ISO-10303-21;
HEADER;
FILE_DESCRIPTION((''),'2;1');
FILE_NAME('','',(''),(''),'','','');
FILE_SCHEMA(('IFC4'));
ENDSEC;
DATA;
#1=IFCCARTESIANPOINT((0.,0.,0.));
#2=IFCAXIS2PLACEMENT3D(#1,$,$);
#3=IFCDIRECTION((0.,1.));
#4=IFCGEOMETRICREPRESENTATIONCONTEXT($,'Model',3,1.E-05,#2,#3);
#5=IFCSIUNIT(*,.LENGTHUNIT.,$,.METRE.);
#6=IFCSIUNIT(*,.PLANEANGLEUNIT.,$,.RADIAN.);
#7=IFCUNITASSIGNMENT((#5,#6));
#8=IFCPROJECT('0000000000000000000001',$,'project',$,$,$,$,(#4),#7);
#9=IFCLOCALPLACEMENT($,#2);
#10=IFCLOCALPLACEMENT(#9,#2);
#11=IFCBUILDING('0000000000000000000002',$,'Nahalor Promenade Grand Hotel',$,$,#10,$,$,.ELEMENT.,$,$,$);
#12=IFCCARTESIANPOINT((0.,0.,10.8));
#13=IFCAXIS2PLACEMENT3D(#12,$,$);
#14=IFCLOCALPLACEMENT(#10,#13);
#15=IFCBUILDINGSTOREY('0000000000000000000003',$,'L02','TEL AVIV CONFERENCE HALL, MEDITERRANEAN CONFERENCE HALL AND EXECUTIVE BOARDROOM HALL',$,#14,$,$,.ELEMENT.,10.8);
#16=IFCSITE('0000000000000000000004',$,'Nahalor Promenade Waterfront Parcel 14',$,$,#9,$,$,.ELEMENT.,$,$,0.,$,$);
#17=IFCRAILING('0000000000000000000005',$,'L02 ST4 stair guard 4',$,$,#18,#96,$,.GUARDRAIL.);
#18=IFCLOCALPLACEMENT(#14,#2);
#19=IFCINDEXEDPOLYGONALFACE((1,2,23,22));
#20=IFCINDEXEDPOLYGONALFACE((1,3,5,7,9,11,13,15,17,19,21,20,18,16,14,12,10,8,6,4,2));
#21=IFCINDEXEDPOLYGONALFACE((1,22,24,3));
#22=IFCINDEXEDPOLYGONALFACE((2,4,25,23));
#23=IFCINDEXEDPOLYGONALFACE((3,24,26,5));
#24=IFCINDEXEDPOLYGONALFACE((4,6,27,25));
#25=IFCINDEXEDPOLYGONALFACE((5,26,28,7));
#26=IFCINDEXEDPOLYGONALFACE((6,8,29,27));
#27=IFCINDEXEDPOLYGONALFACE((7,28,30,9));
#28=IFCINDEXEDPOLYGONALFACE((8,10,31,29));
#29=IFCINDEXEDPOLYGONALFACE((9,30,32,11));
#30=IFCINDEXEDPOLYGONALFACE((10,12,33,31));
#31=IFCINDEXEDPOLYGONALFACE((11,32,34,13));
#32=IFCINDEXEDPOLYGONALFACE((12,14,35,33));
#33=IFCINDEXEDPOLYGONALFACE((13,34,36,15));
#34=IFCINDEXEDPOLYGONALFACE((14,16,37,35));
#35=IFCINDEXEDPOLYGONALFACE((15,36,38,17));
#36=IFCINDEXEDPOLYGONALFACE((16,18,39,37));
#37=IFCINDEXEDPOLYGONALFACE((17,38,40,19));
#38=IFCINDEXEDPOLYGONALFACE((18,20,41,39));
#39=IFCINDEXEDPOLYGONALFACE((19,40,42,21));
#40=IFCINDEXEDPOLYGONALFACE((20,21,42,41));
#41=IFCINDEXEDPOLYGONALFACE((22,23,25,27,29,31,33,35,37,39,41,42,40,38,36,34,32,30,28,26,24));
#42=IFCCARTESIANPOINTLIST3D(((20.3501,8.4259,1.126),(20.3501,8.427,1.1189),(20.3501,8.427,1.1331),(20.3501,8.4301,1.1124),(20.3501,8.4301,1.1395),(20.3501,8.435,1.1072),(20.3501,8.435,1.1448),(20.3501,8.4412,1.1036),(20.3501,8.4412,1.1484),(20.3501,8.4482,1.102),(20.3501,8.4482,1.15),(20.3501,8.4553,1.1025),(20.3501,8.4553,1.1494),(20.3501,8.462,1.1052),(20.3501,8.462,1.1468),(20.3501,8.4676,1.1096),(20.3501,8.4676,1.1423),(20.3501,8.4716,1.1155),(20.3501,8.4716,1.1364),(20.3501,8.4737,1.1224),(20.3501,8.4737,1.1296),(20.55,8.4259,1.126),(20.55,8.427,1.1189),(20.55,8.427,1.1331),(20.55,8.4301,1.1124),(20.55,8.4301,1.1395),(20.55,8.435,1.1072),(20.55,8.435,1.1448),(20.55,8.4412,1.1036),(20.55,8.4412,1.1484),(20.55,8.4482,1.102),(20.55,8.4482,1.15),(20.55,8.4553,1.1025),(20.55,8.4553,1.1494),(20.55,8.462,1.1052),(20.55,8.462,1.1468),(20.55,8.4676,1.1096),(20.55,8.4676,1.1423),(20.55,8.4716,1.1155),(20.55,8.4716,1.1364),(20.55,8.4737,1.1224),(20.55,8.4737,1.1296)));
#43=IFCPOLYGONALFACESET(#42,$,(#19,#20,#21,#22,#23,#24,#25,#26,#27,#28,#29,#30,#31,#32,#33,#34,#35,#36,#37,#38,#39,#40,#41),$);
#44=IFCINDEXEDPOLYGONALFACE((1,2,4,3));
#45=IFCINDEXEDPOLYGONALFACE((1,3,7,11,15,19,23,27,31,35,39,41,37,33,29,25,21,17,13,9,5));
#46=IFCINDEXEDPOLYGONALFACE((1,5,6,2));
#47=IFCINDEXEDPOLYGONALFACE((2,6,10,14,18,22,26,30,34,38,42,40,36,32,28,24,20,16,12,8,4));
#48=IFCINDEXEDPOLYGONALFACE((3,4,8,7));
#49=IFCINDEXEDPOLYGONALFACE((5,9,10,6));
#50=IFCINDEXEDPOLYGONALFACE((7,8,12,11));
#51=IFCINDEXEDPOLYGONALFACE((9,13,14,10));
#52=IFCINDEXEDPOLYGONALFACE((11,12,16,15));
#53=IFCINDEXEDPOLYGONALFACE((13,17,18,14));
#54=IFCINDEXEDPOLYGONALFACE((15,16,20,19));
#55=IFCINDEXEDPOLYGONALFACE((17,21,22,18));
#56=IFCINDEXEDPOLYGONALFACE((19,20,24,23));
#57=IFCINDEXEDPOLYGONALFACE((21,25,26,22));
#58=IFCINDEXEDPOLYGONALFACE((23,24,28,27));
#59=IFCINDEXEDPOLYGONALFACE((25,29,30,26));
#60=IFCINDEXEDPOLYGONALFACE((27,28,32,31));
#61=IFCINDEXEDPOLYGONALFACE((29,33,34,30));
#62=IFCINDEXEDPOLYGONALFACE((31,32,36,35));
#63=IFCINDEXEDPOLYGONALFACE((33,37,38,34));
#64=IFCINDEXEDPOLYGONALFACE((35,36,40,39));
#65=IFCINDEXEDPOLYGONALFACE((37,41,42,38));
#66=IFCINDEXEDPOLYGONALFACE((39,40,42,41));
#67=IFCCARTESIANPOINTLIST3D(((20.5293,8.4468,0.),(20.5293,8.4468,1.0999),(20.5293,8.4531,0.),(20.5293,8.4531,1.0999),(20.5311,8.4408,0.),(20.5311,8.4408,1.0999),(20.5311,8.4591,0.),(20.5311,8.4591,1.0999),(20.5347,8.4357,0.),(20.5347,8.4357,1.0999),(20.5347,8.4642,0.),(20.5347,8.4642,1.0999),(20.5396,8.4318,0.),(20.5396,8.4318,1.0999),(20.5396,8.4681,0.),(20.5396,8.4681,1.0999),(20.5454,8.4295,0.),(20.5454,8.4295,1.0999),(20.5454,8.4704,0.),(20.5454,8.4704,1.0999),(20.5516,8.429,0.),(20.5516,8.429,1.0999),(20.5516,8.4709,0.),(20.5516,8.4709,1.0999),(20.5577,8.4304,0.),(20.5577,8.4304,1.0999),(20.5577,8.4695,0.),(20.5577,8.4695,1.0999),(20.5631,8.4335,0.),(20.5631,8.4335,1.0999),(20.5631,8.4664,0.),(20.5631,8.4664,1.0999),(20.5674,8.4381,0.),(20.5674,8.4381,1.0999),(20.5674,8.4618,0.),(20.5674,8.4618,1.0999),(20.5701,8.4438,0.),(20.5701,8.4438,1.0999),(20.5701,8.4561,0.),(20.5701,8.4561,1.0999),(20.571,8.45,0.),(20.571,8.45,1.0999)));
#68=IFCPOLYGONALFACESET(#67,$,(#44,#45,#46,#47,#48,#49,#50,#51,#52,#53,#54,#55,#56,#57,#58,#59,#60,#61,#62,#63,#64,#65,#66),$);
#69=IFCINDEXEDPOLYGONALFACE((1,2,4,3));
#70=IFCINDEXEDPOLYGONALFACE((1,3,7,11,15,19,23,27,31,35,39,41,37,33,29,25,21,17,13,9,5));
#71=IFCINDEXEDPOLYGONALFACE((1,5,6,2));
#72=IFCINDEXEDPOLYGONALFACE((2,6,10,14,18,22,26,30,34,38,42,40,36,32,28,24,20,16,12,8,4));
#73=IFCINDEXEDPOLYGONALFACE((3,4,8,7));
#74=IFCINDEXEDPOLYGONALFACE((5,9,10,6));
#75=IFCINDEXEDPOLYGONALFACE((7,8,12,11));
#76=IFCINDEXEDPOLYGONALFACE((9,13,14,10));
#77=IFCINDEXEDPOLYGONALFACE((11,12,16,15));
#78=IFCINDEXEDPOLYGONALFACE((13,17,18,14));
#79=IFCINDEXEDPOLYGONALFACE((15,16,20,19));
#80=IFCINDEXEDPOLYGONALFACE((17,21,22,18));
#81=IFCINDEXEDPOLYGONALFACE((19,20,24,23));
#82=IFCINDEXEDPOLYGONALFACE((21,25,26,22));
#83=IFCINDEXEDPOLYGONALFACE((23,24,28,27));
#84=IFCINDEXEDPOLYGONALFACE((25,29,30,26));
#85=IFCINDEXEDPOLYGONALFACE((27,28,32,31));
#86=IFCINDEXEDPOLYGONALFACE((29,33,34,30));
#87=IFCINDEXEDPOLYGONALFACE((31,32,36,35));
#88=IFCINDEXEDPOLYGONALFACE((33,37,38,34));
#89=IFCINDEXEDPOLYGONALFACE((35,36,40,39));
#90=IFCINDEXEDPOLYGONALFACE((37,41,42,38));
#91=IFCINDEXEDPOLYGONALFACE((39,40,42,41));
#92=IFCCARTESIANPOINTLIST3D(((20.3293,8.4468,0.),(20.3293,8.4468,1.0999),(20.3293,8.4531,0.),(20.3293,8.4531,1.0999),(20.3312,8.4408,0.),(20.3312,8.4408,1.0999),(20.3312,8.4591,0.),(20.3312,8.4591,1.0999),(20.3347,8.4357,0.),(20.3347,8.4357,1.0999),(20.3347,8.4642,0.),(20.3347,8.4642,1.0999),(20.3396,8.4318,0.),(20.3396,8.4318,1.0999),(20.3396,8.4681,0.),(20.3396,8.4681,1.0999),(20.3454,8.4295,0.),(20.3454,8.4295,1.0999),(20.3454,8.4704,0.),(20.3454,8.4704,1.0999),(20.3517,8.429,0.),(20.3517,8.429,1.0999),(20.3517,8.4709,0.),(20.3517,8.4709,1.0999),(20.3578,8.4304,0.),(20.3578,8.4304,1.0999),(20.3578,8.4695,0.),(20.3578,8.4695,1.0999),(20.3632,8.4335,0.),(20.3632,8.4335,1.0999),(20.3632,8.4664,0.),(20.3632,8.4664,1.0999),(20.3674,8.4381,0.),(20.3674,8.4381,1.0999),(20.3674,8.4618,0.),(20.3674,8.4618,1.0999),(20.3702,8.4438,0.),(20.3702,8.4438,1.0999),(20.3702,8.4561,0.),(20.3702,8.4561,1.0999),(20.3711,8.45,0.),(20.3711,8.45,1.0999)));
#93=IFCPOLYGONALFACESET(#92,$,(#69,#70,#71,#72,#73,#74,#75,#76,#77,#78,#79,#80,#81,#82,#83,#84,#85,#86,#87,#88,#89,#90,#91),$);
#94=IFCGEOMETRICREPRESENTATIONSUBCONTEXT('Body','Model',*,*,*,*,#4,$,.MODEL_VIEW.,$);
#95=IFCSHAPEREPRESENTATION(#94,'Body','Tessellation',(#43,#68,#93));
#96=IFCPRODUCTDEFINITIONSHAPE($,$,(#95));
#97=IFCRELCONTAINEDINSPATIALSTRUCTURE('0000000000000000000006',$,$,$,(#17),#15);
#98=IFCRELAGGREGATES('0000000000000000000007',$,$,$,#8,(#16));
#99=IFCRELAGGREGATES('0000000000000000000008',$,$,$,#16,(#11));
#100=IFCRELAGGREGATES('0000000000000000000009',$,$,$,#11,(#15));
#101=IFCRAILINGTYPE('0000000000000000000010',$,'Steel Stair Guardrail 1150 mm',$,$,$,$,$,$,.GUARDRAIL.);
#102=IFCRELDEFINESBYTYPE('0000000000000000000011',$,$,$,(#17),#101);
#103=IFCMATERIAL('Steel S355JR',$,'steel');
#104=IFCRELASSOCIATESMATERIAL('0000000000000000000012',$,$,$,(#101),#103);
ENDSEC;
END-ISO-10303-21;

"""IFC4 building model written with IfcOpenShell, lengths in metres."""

from ifc_helpers import new_model, si_unit, direction, frame, origin, origin_2d, place, context, subcontext, project, spatial, circle, extrude, material, type_object, element, save


model = new_model("IFC4")

# Units and contexts
model_context = context("Model", 3, precision=1e-05, world=origin(), true_north=direction((0.0, 1.0)))
body_context = subcontext(model_context, "Body", "Model", "MODEL_VIEW")
ifc_project = project(units=[si_unit("LENGTHUNIT", "METRE"), si_unit("PLANEANGLEUNIT", "RADIAN")], contexts=[model_context])

# Site, building, storey
site_placement = place(None, origin())
site = spatial("IfcSite", under=ifc_project, at=site_placement, Name="Nahalor Promenade Waterfront Parcel 14", CompositionType="ELEMENT", RefElevation=0.0)
building_placement = place(site_placement, origin())
building = spatial("IfcBuilding", under=site, at=building_placement, Name="Nahalor Promenade Grand Hotel", CompositionType="ELEMENT")
storey_placement = place(building_placement, frame((0.0, 0.0, 10.8)))
storey = spatial("IfcBuildingStorey", under=building, at=storey_placement, Name="L02", Description="TEL AVIV CONFERENCE HALL, MEDITERRANEAN CONFERENCE HALL AND EXECUTIVE BOARDROOM HALL", CompositionType="ELEMENT", Elevation=10.8)

# Shared definitions
ifc_material_1 = material(Name="Steel S355JR", Category="steel")

# Railing
railing_type_1 = type_object("IfcRailingType", Name="Steel Stair Guardrail 1150 mm", PredefinedType="GUARDRAIL", material=ifc_material_1)
railing_1_placement = place(storey_placement, frame((20.55, 8.45, 0.0)))
element("IfcRailing", 1, at=railing_1_placement, inside=storey, type_object=railing_type_1, Name="L02 ST4 stair guard 4", PredefinedType="GUARDRAIL", context=body_context, shape_type="SweptSolid", body=[
    extrude(circle(Radius=0.024, at=origin_2d()), frame((0.0, 0.0, 1.126), z_axis=(-1.0, 0.0, 0.0), x_axis=(0.0, -1.0, 0.0)), (0.0, 0.0, 1.0), 0.2),
    extrude(circle(Radius=0.021, at=origin_2d()), origin(), (0.0, 0.0, 1.0), 1.0999),
    extrude(circle(Radius=0.021, at=origin_2d()), frame((-0.2, 0.0, 0.0)), (0.0, 0.0, 1.0), 1.0999),
])

save(model, "model.ifc")
